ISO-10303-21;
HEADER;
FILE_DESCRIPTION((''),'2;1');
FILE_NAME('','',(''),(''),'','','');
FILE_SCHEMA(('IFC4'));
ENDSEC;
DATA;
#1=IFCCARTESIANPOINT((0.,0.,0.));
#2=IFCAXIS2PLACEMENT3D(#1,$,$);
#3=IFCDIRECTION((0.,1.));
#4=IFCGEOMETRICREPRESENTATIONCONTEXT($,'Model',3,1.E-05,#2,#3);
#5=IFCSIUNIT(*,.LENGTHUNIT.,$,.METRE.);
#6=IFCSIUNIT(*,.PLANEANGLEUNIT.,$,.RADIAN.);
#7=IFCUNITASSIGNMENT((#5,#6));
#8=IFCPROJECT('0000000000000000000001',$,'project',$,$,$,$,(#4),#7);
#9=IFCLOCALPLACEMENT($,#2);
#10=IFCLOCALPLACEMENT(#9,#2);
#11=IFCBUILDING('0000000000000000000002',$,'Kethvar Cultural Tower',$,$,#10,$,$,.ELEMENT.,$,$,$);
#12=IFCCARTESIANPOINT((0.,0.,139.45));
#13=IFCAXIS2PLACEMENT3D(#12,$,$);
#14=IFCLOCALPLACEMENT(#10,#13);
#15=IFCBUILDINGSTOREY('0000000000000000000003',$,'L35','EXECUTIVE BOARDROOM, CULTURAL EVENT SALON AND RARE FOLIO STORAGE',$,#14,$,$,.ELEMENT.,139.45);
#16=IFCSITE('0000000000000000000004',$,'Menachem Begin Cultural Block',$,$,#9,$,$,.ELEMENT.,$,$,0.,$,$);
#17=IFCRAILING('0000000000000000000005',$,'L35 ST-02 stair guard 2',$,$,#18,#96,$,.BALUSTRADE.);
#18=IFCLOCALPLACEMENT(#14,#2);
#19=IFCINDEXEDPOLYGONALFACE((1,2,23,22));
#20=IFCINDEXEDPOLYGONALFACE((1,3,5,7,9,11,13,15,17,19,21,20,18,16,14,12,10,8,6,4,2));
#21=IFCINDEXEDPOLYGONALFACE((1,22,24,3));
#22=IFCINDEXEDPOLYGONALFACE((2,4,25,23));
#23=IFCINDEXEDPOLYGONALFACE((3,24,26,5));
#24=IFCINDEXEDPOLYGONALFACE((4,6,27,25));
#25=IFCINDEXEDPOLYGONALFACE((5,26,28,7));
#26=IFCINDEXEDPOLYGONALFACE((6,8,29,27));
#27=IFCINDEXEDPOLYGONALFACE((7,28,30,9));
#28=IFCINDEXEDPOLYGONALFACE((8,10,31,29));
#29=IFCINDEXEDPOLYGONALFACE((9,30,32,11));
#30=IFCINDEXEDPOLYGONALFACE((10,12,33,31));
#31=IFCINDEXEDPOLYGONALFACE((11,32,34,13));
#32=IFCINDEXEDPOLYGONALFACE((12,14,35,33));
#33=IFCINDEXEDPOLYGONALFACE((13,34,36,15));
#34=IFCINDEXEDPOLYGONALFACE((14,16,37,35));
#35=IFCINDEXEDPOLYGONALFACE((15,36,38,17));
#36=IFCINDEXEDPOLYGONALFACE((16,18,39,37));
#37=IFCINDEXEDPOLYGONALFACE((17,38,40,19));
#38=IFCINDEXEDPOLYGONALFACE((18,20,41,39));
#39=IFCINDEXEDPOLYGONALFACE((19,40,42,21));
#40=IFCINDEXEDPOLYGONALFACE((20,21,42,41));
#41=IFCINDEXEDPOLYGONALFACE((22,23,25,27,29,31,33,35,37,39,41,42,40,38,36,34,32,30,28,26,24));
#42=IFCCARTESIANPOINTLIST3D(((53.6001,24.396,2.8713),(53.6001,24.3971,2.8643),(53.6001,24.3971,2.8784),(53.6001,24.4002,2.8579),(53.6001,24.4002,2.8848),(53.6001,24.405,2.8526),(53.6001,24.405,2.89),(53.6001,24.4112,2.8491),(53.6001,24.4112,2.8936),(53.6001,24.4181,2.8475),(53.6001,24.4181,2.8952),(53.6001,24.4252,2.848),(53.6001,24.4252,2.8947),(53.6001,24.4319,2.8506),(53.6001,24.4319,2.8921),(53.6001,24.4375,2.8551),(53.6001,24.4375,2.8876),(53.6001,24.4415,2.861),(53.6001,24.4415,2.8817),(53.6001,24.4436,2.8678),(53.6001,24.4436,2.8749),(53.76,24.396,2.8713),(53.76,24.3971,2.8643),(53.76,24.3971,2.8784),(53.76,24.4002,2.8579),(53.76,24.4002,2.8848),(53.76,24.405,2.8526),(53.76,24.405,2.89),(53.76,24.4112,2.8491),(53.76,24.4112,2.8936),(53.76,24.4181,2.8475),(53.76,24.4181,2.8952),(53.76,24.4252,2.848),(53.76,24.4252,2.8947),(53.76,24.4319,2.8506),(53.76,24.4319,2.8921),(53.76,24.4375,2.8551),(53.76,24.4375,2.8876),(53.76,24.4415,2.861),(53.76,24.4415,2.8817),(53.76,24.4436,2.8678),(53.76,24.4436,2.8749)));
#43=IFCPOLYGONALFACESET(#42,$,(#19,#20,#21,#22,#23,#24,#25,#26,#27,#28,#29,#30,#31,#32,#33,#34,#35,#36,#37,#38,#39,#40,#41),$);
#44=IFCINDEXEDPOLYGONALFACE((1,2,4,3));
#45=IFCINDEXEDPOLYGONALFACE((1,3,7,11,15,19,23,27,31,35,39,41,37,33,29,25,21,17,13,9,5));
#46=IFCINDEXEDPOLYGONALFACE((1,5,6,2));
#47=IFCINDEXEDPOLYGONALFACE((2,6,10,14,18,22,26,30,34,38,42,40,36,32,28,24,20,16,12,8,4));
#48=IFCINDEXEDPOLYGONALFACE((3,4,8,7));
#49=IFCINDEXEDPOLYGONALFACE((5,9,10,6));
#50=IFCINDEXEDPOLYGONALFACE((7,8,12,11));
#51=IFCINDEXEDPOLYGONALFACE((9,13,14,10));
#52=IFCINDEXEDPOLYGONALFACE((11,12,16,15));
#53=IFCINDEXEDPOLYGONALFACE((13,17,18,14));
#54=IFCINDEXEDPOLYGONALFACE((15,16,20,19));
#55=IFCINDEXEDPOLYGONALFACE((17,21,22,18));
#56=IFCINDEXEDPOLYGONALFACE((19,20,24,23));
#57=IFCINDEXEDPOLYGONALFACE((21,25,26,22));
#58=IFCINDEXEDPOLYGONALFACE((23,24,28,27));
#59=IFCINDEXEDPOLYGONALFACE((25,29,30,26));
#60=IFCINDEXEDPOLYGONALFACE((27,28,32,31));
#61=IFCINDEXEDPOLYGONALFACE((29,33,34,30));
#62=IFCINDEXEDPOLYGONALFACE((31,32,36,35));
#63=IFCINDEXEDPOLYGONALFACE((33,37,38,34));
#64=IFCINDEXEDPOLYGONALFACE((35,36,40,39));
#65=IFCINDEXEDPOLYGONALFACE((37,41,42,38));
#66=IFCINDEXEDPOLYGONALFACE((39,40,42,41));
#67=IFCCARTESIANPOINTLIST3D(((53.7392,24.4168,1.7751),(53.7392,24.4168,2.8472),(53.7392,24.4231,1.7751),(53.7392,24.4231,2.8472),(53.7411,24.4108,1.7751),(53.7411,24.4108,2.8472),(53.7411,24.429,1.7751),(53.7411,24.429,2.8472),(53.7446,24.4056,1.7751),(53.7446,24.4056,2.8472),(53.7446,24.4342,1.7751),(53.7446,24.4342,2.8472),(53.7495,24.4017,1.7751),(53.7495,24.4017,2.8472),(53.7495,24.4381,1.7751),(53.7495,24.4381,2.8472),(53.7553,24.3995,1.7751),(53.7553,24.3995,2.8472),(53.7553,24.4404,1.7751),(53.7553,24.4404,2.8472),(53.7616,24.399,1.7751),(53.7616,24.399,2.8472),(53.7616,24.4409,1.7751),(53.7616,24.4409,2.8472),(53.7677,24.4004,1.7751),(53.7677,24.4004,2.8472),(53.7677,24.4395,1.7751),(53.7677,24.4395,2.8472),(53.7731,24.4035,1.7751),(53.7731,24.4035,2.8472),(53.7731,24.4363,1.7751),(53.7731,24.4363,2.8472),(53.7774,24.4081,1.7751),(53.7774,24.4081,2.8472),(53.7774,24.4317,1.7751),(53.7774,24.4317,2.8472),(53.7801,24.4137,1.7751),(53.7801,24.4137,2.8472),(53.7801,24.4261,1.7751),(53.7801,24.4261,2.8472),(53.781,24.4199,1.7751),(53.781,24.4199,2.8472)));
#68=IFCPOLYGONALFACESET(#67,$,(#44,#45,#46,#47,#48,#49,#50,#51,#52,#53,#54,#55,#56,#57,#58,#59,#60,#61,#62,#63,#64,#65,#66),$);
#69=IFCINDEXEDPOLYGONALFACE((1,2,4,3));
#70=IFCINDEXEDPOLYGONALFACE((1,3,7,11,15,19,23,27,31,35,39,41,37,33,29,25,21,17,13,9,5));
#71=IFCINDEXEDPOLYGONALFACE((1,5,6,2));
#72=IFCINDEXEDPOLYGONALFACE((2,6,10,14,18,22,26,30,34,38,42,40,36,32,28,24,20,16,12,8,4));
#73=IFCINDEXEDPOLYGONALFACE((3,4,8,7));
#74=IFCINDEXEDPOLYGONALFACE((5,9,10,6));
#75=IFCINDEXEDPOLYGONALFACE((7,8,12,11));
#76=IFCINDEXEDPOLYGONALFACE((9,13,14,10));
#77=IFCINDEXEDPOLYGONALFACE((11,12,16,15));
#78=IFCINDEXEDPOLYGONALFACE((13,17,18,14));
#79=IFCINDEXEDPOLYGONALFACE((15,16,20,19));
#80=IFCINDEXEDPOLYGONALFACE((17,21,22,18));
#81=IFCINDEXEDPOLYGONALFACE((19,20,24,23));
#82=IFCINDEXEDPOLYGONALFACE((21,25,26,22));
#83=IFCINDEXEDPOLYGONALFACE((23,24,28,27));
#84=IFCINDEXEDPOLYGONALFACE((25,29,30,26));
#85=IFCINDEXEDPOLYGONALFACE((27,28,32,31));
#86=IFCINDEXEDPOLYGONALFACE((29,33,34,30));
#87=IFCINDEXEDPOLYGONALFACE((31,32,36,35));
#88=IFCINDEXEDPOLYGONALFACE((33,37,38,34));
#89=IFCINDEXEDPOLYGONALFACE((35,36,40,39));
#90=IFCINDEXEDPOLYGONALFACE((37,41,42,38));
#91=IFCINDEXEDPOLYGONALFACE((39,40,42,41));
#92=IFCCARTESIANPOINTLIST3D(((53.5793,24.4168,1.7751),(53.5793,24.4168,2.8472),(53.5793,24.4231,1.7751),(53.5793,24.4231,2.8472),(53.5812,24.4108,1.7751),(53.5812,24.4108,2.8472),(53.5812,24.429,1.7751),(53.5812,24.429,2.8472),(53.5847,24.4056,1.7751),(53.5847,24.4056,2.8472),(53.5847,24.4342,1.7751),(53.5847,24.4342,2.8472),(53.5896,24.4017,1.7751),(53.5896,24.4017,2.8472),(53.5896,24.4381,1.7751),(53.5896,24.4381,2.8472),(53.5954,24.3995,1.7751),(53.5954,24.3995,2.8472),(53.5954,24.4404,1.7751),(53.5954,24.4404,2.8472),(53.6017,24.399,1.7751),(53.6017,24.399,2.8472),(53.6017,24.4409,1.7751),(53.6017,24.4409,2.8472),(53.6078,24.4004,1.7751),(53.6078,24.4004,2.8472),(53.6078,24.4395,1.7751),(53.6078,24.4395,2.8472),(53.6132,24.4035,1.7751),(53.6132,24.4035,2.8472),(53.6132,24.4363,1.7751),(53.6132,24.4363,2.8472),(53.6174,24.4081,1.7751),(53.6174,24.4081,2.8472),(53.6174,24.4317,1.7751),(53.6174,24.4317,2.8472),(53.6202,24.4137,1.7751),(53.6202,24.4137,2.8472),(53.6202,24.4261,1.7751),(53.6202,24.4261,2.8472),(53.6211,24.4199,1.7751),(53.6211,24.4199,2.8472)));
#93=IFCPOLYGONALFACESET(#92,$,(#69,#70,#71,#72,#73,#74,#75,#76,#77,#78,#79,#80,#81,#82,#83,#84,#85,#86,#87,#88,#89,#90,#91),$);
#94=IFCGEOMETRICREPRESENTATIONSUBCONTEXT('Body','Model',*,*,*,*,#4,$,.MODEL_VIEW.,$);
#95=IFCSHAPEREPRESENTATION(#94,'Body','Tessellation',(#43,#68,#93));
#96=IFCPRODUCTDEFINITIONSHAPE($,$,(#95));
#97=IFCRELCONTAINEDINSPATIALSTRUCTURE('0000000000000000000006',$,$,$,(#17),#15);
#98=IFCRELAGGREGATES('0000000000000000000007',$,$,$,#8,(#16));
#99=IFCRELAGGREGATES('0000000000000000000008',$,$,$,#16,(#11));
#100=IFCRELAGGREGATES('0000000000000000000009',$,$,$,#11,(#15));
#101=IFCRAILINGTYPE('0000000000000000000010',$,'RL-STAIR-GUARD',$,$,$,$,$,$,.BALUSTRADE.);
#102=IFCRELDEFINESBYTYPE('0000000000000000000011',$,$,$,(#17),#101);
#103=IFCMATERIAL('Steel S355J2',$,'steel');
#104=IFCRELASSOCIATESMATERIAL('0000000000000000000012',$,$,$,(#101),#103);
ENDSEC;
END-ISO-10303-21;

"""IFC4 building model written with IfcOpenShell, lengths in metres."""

from ifc_helpers import new_model, si_unit, direction, frame, origin, origin_2d, place, context, subcontext, project, spatial, circle, extrude, material, type_object, element, save


model = new_model("IFC4")

# Units and contexts
model_context = context("Model", 3, precision=1e-05, world=origin(), true_north=direction((0.0, 1.0)))
body_context = subcontext(model_context, "Body", "Model", "MODEL_VIEW")
ifc_project = project(units=[si_unit("LENGTHUNIT", "METRE"), si_unit("PLANEANGLEUNIT", "RADIAN")], contexts=[model_context])

# Site, building, storey
site_placement = place(None, origin())
site = spatial("IfcSite", under=ifc_project, at=site_placement, Name="Menachem Begin Cultural Block", CompositionType="ELEMENT", RefElevation=0.0)
building_placement = place(site_placement, origin())
building = spatial("IfcBuilding", under=site, at=building_placement, Name="Kethvar Cultural Tower", CompositionType="ELEMENT")
storey_placement = place(building_placement, frame((0.0, 0.0, 139.45)))
storey = spatial("IfcBuildingStorey", under=building, at=storey_placement, Name="L35", Description="EXECUTIVE BOARDROOM, CULTURAL EVENT SALON AND RARE FOLIO STORAGE", CompositionType="ELEMENT", Elevation=139.45)

# Shared definitions
ifc_material_1 = material(Name="Steel S355J2", Category="steel")

# Railing
railing_type_1 = type_object("IfcRailingType", Name="RL-STAIR-GUARD", PredefinedType="BALUSTRADE", material=ifc_material_1)
railing_1_placement = place(storey_placement, frame((53.76, 24.4199, 1.7751)))
element("IfcRailing", 1, at=railing_1_placement, inside=storey, type_object=railing_type_1, Name="L35 ST-02 stair guard 2", PredefinedType="BALUSTRADE", context=body_context, shape_type="SweptSolid", body=[
    extrude(circle(Radius=0.0239, at=origin_2d()), frame((0.0, 0.0, 1.0962), z_axis=(-1.0, 0.0, 0.0), x_axis=(0.0, -1.0, 0.0)), (0.0, 0.0, 1.0), 0.1599),
    extrude(circle(Radius=0.021, at=origin_2d()), origin(), (0.0, 0.0, 1.0), 1.072),
    extrude(circle(Radius=0.021, at=origin_2d()), frame((-0.1599, 0.0, 0.0)), (0.0, 0.0, 1.0), 1.072),
])

save(model, "model.ifc")
